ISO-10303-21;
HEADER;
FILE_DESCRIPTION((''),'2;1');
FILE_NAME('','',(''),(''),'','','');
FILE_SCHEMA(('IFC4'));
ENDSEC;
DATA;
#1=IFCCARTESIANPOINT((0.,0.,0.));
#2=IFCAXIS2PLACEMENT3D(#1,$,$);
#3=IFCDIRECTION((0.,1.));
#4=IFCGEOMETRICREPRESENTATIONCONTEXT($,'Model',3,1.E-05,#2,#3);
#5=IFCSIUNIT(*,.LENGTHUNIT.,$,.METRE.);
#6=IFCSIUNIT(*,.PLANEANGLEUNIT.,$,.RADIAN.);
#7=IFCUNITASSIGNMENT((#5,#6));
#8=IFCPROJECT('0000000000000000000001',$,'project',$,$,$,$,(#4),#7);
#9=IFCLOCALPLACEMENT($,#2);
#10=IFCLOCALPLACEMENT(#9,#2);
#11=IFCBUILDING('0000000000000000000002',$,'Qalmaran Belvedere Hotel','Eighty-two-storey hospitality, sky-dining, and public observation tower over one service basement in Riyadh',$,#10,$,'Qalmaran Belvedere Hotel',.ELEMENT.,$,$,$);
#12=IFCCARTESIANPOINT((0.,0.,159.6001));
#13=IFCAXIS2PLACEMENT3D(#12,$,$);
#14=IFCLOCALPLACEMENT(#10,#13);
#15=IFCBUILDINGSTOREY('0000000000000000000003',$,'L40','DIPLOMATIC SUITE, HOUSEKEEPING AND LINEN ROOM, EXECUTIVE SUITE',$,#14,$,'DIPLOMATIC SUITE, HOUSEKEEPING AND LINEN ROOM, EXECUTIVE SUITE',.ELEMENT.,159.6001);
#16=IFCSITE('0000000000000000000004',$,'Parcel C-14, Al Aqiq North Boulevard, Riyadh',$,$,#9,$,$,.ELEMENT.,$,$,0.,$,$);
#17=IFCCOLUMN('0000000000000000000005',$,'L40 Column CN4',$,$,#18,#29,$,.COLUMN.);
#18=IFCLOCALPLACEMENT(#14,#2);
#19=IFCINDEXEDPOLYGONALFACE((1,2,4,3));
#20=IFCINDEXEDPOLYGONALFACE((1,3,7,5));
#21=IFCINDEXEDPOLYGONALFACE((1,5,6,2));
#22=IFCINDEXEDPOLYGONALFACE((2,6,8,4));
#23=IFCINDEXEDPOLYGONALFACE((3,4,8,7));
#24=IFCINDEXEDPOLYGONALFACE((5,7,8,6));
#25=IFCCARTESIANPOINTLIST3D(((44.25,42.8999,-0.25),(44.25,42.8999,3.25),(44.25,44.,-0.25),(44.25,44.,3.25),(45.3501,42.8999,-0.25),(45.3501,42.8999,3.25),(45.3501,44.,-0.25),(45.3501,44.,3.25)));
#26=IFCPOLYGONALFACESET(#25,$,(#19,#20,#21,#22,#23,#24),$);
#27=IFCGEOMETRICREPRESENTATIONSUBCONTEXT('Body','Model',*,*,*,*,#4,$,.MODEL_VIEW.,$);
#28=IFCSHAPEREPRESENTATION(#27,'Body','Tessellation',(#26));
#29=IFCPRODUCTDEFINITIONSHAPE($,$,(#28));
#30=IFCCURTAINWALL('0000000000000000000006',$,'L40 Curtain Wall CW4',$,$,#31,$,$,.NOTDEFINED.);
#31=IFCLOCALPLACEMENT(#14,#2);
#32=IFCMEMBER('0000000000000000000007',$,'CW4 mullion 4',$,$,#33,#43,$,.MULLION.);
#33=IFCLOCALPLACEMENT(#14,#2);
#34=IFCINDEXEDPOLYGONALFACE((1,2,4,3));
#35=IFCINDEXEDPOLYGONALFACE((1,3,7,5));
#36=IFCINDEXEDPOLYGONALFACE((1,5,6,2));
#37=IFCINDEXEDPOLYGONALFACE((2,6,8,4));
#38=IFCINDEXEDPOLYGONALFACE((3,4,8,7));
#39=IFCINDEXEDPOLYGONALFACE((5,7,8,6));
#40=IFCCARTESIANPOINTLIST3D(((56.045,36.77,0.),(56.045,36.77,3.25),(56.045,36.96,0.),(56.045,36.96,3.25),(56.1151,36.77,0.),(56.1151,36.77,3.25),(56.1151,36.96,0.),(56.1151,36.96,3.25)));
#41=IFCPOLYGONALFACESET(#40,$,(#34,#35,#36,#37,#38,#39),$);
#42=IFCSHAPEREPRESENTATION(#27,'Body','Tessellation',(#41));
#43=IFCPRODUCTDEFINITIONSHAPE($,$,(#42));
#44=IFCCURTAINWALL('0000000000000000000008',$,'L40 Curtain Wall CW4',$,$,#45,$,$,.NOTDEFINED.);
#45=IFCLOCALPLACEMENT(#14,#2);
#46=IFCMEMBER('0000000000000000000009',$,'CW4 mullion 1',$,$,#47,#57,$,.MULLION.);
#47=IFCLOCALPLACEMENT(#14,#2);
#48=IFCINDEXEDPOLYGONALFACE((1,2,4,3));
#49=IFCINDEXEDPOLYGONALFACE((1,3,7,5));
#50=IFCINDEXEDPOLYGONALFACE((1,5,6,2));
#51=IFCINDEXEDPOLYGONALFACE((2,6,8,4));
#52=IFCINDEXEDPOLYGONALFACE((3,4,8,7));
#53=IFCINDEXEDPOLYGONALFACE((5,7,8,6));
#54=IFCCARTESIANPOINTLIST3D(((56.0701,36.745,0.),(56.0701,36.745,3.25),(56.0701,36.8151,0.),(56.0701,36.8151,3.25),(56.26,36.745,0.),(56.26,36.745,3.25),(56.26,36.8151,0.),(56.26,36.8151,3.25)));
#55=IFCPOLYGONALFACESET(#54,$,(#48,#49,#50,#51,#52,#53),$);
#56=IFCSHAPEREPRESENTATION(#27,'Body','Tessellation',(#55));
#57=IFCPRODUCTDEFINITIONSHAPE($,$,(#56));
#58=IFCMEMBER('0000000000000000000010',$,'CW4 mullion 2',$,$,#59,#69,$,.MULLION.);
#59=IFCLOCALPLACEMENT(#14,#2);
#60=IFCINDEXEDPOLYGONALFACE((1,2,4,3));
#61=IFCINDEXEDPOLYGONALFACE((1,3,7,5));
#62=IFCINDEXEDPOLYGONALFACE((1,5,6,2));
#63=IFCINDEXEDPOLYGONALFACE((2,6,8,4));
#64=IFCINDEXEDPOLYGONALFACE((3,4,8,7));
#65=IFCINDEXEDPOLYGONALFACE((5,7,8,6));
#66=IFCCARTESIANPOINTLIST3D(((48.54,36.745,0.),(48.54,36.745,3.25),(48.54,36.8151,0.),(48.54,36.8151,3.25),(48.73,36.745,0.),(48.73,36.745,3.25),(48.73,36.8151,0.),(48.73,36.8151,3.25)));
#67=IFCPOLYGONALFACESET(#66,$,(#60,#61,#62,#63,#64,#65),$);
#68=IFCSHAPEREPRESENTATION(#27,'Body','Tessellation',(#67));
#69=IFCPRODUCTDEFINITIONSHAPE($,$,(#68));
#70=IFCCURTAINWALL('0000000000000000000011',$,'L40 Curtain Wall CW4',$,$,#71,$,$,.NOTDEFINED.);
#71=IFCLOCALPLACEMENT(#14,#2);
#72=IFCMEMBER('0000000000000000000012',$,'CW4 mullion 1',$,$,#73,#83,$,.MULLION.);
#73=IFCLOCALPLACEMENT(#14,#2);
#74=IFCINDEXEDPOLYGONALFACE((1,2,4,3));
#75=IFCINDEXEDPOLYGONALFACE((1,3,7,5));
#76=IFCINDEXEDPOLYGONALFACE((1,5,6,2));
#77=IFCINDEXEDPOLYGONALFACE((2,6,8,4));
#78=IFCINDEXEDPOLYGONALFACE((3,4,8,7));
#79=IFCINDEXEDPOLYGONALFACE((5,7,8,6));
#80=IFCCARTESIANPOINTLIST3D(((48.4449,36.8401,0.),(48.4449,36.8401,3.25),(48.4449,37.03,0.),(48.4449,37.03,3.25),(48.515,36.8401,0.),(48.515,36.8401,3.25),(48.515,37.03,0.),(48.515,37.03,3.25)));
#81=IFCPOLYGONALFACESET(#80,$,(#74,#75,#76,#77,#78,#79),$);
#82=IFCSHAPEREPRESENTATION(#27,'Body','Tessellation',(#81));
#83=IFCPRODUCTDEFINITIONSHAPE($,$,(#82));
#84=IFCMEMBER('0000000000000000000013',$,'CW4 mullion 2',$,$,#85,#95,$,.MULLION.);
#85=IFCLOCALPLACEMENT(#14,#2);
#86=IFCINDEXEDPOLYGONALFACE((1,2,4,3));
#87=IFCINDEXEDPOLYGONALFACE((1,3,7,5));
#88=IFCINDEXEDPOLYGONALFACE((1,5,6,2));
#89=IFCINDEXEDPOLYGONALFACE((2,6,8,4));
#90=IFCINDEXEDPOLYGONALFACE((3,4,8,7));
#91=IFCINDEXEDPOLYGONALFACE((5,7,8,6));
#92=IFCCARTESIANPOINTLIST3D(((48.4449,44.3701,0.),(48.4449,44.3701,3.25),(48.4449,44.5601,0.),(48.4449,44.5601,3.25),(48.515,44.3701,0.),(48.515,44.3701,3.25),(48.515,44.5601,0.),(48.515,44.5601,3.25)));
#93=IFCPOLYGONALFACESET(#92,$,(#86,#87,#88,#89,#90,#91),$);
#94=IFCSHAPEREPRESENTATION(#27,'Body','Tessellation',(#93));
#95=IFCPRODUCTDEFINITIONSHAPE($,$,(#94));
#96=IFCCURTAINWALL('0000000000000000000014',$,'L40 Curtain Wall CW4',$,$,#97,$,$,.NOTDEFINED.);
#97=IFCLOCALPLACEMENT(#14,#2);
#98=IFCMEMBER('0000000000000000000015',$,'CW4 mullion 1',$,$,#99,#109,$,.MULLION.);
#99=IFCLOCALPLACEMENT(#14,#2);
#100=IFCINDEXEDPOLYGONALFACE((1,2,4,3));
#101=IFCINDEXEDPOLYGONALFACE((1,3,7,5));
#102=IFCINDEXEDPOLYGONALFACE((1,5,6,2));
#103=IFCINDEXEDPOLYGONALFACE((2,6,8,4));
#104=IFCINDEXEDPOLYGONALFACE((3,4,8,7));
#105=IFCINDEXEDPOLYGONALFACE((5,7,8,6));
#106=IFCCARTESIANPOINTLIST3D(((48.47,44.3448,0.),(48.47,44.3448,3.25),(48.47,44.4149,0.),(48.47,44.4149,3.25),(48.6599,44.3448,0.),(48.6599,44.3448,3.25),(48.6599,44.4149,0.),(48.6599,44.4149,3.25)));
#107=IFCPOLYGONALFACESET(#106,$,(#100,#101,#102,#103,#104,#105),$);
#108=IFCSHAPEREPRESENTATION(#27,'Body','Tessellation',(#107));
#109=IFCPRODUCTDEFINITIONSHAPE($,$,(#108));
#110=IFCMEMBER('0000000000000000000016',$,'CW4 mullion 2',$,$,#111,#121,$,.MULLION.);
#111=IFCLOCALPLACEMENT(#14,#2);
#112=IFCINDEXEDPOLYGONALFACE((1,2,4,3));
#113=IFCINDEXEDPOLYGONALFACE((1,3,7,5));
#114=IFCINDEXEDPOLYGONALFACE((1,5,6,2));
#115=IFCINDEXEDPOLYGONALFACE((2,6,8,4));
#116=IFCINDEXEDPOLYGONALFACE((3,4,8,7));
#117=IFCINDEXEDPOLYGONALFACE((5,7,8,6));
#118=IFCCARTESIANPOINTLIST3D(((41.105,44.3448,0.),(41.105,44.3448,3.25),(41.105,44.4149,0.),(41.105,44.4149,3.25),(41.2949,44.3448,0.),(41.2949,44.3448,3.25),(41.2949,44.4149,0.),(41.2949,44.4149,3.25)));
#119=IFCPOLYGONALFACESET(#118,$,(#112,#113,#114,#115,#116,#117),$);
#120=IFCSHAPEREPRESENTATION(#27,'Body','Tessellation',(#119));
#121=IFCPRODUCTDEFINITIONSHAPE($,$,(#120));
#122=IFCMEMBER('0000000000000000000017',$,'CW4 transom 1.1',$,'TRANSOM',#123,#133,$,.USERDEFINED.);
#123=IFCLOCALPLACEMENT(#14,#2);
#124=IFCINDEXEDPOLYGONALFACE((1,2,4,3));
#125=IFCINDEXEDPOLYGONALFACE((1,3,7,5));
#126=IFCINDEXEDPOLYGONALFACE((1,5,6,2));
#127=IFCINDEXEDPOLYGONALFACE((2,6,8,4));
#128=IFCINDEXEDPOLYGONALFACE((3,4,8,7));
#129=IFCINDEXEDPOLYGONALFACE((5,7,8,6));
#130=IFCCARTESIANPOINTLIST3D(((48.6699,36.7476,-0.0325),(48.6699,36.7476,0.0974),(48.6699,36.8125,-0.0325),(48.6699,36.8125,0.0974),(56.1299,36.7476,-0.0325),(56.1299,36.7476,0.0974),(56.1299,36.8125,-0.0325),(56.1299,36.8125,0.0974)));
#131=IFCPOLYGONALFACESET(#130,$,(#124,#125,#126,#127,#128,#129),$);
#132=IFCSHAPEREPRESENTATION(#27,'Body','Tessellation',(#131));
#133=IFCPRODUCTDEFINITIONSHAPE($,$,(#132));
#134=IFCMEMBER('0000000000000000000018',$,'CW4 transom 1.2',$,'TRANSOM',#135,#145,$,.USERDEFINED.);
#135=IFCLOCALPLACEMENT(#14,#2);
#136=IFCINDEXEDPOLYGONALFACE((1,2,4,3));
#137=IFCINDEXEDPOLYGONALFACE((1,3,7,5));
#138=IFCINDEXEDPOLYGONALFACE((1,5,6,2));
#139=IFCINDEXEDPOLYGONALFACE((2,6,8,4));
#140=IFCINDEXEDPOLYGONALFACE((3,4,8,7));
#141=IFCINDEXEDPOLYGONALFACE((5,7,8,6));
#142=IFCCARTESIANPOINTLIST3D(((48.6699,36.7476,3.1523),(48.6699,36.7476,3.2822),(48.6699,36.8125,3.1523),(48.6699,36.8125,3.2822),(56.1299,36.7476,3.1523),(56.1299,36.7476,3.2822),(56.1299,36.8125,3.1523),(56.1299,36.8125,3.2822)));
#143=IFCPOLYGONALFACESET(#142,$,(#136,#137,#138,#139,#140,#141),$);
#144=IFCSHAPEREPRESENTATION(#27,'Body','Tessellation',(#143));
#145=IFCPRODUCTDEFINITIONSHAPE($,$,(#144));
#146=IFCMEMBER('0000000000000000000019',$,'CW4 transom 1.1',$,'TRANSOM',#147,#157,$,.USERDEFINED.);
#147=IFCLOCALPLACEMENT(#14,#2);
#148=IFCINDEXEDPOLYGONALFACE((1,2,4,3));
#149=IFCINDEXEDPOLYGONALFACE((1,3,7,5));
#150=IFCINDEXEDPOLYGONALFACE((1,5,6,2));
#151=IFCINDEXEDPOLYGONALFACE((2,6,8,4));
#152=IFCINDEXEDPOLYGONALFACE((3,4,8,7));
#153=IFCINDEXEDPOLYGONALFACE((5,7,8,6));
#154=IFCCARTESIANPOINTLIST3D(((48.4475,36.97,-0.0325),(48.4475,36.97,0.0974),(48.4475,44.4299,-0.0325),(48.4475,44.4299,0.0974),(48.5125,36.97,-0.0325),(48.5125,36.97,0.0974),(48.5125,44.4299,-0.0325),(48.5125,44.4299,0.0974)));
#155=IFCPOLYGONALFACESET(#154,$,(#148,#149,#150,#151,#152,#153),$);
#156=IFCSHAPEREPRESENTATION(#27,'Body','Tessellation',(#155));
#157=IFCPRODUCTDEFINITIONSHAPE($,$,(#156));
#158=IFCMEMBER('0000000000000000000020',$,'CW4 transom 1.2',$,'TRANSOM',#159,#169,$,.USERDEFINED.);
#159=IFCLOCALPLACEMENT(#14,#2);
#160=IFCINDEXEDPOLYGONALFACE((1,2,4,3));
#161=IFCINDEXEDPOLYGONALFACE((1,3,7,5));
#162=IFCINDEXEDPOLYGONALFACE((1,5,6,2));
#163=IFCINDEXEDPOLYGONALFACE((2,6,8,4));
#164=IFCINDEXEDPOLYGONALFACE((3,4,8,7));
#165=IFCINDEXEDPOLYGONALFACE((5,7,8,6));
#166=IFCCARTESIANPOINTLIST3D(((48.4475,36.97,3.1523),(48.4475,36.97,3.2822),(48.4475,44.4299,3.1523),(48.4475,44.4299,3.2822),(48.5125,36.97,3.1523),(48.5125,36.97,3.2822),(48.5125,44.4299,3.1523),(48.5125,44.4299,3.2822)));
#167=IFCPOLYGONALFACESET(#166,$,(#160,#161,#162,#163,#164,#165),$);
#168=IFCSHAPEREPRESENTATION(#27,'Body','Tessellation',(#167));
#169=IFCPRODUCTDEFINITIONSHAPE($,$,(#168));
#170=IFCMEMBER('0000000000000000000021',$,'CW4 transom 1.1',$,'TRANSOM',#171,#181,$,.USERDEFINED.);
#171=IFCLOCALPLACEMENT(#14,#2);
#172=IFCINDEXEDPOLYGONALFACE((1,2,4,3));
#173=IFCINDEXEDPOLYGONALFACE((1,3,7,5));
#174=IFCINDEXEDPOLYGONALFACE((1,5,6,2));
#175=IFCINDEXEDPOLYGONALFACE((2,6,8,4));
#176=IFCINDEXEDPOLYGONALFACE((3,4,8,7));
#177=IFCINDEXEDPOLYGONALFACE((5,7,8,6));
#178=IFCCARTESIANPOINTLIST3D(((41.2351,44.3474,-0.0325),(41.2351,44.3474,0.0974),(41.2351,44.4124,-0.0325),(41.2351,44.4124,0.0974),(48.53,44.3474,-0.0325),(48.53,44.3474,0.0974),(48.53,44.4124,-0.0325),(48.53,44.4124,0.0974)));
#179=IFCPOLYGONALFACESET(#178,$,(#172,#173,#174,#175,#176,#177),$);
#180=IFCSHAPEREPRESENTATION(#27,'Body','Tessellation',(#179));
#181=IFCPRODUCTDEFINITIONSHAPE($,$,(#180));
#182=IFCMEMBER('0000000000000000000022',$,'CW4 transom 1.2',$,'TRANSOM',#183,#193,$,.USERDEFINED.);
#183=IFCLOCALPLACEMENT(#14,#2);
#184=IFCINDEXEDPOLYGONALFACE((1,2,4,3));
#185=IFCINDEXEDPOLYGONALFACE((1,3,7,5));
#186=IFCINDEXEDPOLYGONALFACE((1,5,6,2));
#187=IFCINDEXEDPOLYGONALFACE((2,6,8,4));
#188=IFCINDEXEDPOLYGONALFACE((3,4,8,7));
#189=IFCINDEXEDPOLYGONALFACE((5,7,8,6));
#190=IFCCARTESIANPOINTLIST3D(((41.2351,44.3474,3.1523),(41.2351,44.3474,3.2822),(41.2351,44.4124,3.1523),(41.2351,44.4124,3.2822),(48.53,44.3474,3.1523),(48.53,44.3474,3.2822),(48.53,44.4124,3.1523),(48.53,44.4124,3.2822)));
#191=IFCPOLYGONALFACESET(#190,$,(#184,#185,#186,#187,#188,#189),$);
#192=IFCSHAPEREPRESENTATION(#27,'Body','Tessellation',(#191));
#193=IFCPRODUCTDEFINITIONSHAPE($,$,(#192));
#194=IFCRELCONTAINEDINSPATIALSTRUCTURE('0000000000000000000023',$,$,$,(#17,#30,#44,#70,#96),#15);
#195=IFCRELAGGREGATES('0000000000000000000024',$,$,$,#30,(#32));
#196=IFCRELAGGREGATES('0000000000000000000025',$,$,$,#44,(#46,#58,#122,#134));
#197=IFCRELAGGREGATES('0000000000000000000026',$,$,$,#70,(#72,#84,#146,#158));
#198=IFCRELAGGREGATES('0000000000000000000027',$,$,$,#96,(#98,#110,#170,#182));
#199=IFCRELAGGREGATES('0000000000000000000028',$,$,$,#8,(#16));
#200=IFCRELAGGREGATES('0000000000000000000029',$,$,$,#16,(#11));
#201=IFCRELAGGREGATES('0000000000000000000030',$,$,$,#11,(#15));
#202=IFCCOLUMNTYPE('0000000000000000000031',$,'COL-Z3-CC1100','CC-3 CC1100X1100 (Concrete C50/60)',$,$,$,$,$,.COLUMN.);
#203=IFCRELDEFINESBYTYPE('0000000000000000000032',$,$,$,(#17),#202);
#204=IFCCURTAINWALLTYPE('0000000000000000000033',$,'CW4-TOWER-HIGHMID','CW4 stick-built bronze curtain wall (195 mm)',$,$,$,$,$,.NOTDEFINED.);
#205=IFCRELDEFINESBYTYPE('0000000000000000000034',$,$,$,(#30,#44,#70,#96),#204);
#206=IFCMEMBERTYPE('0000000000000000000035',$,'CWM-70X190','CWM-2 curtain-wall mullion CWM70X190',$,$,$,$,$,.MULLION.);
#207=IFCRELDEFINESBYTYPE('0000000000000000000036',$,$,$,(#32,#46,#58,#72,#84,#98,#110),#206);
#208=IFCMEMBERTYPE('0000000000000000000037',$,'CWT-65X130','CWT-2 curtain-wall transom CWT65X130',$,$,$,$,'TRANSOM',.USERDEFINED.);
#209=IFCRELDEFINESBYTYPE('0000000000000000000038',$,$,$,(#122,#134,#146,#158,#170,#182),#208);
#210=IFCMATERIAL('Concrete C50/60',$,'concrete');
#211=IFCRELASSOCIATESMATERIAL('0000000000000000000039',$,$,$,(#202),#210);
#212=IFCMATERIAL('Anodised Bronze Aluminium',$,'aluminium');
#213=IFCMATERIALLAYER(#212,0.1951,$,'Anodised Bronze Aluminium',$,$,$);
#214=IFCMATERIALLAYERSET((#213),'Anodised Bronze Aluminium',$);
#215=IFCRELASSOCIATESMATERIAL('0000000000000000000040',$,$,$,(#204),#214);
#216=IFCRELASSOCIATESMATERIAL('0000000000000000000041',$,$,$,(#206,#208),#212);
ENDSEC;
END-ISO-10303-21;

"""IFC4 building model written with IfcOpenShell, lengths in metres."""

from ifc_helpers import new_model, si_unit, direction, frame, origin, origin_2d, place, context, subcontext, project, spatial, rectangle, extrude, material, layer, layer_set, material_profile, profile_set, type_object, element, aggregate, save


model = new_model("IFC4")

# Units and contexts
model_context = context("Model", 3, precision=1e-05, world=origin(), true_north=direction((0.0, 1.0)))
body_context = subcontext(model_context, "Body", "Model", "MODEL_VIEW")
ifc_project = project(units=[si_unit("LENGTHUNIT", "METRE"), si_unit("PLANEANGLEUNIT", "RADIAN")], contexts=[model_context])

# Site, building, storey
site_placement = place(None, origin())
site = spatial("IfcSite", under=ifc_project, at=site_placement, Name="Parcel C-14, Al Aqiq North Boulevard, Riyadh", CompositionType="ELEMENT", RefElevation=0.0)
building_placement = place(site_placement, origin())
building = spatial("IfcBuilding", under=site, at=building_placement, Name="Qalmaran Belvedere Hotel", Description="Eighty-two-storey hospitality, sky-dining, and public observation tower over one service basement in Riyadh", LongName="Qalmaran Belvedere Hotel", CompositionType="ELEMENT")
storey_placement = place(building_placement, frame((0.0, 0.0, 159.6001)))
storey = spatial("IfcBuildingStorey", under=building, at=storey_placement, Name="L40", Description="DIPLOMATIC SUITE, HOUSEKEEPING AND LINEN ROOM, EXECUTIVE SUITE", LongName="DIPLOMATIC SUITE, HOUSEKEEPING AND LINEN ROOM, EXECUTIVE SUITE", CompositionType="ELEMENT", Elevation=159.6001)

# Column
ifc_material_1 = material(Name="Concrete C50/60", Category="concrete")
ifc_material_profile_1 = material_profile(ifc_material_1, rectangle(XDim=1.1001, YDim=1.1001, at=origin_2d()), Name="CC1100X1100")
ifc_profile_set_1 = profile_set([ifc_material_profile_1], Name="Concrete C50/60")
column_type = type_object("IfcColumnType", Name="COL-Z3-CC1100", Description="CC-3 CC1100X1100 (Concrete C50/60)", PredefinedType="COLUMN", material=ifc_profile_set_1)
column_placement = place(storey_placement, frame((44.8, 43.45, -0.25), z_axis=(0.0, 0.0, 1.0), x_axis=(1.0, 0.0, 0.0)))
element("IfcColumn", 1, at=column_placement, inside=storey, type_object=column_type, Name="L40 Column CN4", PredefinedType="COLUMN", context=body_context, shape_type="SweptSolid", body=[
    extrude(rectangle(XDim=1.1001, YDim=1.1001, at=origin_2d()), origin(), (0.0, 0.0, 1.0), 3.5),
])

# Curtain wall, member
ifc_material_2 = material(Name="Anodised Bronze Aluminium", Category="aluminium")
ifc_layer_1 = layer(ifc_material_2, 0.1951, Name="Anodised Bronze Aluminium")
ifc_layer_set_1 = layer_set([ifc_layer_1], Name="Anodised Bronze Aluminium")
curtain_wall_type = type_object("IfcCurtainWallType", Name="CW4-TOWER-HIGHMID", Description="CW4 stick-built bronze curtain wall (195 mm)", PredefinedType="NOTDEFINED", material=ifc_layer_set_1)
curtain_wall_1_placement = place(storey_placement, origin())
curtain_wall_1 = element("IfcCurtainWall", 2, at=curtain_wall_1_placement, inside=storey, type_object=curtain_wall_type, Name="L40 Curtain Wall CW4", PredefinedType="NOTDEFINED")
ifc_material_profile_2 = material_profile(ifc_material_2, rectangle(XDim=0.0701, YDim=0.1899, at=origin_2d()), Name="CWM70X190")
ifc_profile_set_2 = profile_set([ifc_material_profile_2], Name="Anodised Bronze Aluminium")
member_type_1 = type_object("IfcMemberType", Name="CWM-70X190", Description="CWM-2 curtain-wall mullion CWM70X190", PredefinedType="MULLION", material=ifc_profile_set_2)
member_1_placement = place(storey_placement, frame((56.0801, 36.865, 0.0), z_axis=(0.0, 0.0, 1.0), x_axis=(-1.0, 0.0, 0.0)))
member_1 = element("IfcMember", 3, at=member_1_placement, type_object=member_type_1, Name="CW4 mullion 4", PredefinedType="MULLION", context=body_context, shape_type="SweptSolid", body=[
    extrude(rectangle(XDim=0.0701, YDim=0.1899, at=origin_2d()), origin(), (0.0, 0.0, 1.0), 3.25),
])
aggregate(curtain_wall_1, [member_1])

# Curtain walls, members
curtain_wall_2_placement = place(storey_placement, origin())
curtain_wall_2 = element("IfcCurtainWall", 4, at=curtain_wall_2_placement, inside=storey, type_object=curtain_wall_type, Name="L40 Curtain Wall CW4", PredefinedType="NOTDEFINED")
member_2_placement = place(storey_placement, frame((56.165, 36.78, 0.0), z_axis=(0.0, 0.0, 1.0), x_axis=(0.0, -1.0, 0.0)))
member_2 = element("IfcMember", 5, at=member_2_placement, type_object=member_type_1, Name="CW4 mullion 1", PredefinedType="MULLION", context=body_context, shape_type="SweptSolid", body=[
    extrude(rectangle(XDim=0.0701, YDim=0.1899, at=origin_2d()), origin(), (0.0, 0.0, 1.0), 3.25),
])
member_3_placement = place(storey_placement, frame((48.635, 36.78, 0.0), z_axis=(0.0, 0.0, 1.0), x_axis=(0.0, -1.0, 0.0)))
member_3 = element("IfcMember", 6, at=member_3_placement, type_object=member_type_1, Name="CW4 mullion 2", PredefinedType="MULLION", context=body_context, shape_type="SweptSolid", body=[
    extrude(rectangle(XDim=0.0701, YDim=0.1899, at=origin_2d()), origin(), (0.0, 0.0, 1.0), 3.25),
])
curtain_wall_3_placement = place(storey_placement, origin())
curtain_wall_3 = element("IfcCurtainWall", 7, at=curtain_wall_3_placement, inside=storey, type_object=curtain_wall_type, Name="L40 Curtain Wall CW4", PredefinedType="NOTDEFINED")
member_4_placement = place(storey_placement, frame((48.48, 36.9351, 0.0), z_axis=(0.0, 0.0, 1.0), x_axis=(-1.0, 0.0, 0.0)))
member_4 = element("IfcMember", 8, at=member_4_placement, type_object=member_type_1, Name="CW4 mullion 1", PredefinedType="MULLION", context=body_context, shape_type="SweptSolid", body=[
    extrude(rectangle(XDim=0.0701, YDim=0.1899, at=origin_2d()), origin(), (0.0, 0.0, 1.0), 3.25),
])
member_5_placement = place(storey_placement, frame((48.48, 44.4651, 0.0), z_axis=(0.0, 0.0, 1.0), x_axis=(-1.0, 0.0, 0.0)))
member_5 = element("IfcMember", 9, at=member_5_placement, type_object=member_type_1, Name="CW4 mullion 2", PredefinedType="MULLION", context=body_context, shape_type="SweptSolid", body=[
    extrude(rectangle(XDim=0.0701, YDim=0.1899, at=origin_2d()), origin(), (0.0, 0.0, 1.0), 3.25),
])
curtain_wall_4_placement = place(storey_placement, origin())
curtain_wall_4 = element("IfcCurtainWall", 10, at=curtain_wall_4_placement, inside=storey, type_object=curtain_wall_type, Name="L40 Curtain Wall CW4", PredefinedType="NOTDEFINED")
member_6_placement = place(storey_placement, frame((48.5649, 44.3799, 0.0), z_axis=(0.0, 0.0, 1.0), x_axis=(0.0, -1.0, 0.0)))
member_6 = element("IfcMember", 11, at=member_6_placement, type_object=member_type_1, Name="CW4 mullion 1", PredefinedType="MULLION", context=body_context, shape_type="SweptSolid", body=[
    extrude(rectangle(XDim=0.0701, YDim=0.1899, at=origin_2d()), origin(), (0.0, 0.0, 1.0), 3.25),
])
member_7_placement = place(storey_placement, frame((41.2, 44.3799, 0.0), z_axis=(0.0, 0.0, 1.0), x_axis=(0.0, -1.0, 0.0)))
member_7 = element("IfcMember", 12, at=member_7_placement, type_object=member_type_1, Name="CW4 mullion 2", PredefinedType="MULLION", context=body_context, shape_type="SweptSolid", body=[
    extrude(rectangle(XDim=0.0701, YDim=0.1899, at=origin_2d()), origin(), (0.0, 0.0, 1.0), 3.25),
])

# Members
ifc_material_profile_3 = material_profile(ifc_material_2, rectangle(XDim=0.0649, YDim=0.1299, at=origin_2d()), Name="CWT65X130")
ifc_profile_set_3 = profile_set([ifc_material_profile_3], Name="Anodised Bronze Aluminium")
member_type_2 = type_object("IfcMemberType", Name="CWT-65X130", Description="CWT-2 curtain-wall transom CWT65X130", ElementType="TRANSOM", PredefinedType="USERDEFINED", material=ifc_profile_set_3)
member_8_placement = place(storey_placement, frame((56.1299, 36.78, 0.0325), z_axis=(-1.0, 0.0, 0.0), x_axis=(0.0, -1.0, 0.0)))
member_8 = element("IfcMember", 13, at=member_8_placement, type_object=member_type_2, Name="CW4 transom 1.1", ObjectType="TRANSOM", PredefinedType="USERDEFINED", context=body_context, shape_type="SweptSolid", body=[
    extrude(rectangle(XDim=0.0649, YDim=0.1299, at=origin_2d()), origin(), (0.0, 0.0, 1.0), 7.46),
])
member_9_placement = place(storey_placement, frame((56.1299, 36.78, 3.2173), z_axis=(-1.0, 0.0, 0.0), x_axis=(0.0, -1.0, 0.0)))
member_9 = element("IfcMember", 14, at=member_9_placement, type_object=member_type_2, Name="CW4 transom 1.2", ObjectType="TRANSOM", PredefinedType="USERDEFINED", context=body_context, shape_type="SweptSolid", body=[
    extrude(rectangle(XDim=0.0649, YDim=0.1299, at=origin_2d()), origin(), (0.0, 0.0, 1.0), 7.46),
])
member_10_placement = place(storey_placement, frame((48.48, 36.97, 0.0325), z_axis=(0.0, 1.0, 0.0), x_axis=(-1.0, 0.0, 0.0)))
member_10 = element("IfcMember", 15, at=member_10_placement, type_object=member_type_2, Name="CW4 transom 1.1", ObjectType="TRANSOM", PredefinedType="USERDEFINED", context=body_context, shape_type="SweptSolid", body=[
    extrude(rectangle(XDim=0.0649, YDim=0.1299, at=origin_2d()), origin(), (0.0, 0.0, 1.0), 7.46),
])
member_11_placement = place(storey_placement, frame((48.48, 36.97, 3.2173), z_axis=(0.0, 1.0, 0.0), x_axis=(-1.0, 0.0, 0.0)))
member_11 = element("IfcMember", 16, at=member_11_placement, type_object=member_type_2, Name="CW4 transom 1.2", ObjectType="TRANSOM", PredefinedType="USERDEFINED", context=body_context, shape_type="SweptSolid", body=[
    extrude(rectangle(XDim=0.0649, YDim=0.1299, at=origin_2d()), origin(), (0.0, 0.0, 1.0), 7.46),
])
member_12_placement = place(storey_placement, frame((48.53, 44.3799, 0.0325), z_axis=(-1.0, 0.0, 0.0), x_axis=(0.0, -1.0, 0.0)))
member_12 = element("IfcMember", 17, at=member_12_placement, type_object=member_type_2, Name="CW4 transom 1.1", ObjectType="TRANSOM", PredefinedType="USERDEFINED", context=body_context, shape_type="SweptSolid", body=[
    extrude(rectangle(XDim=0.0649, YDim=0.1299, at=origin_2d()), origin(), (0.0, 0.0, 1.0), 7.2949),
])
member_13_placement = place(storey_placement, frame((48.53, 44.3799, 3.2173), z_axis=(-1.0, 0.0, 0.0), x_axis=(0.0, -1.0, 0.0)))
member_13 = element("IfcMember", 18, at=member_13_placement, type_object=member_type_2, Name="CW4 transom 1.2", ObjectType="TRANSOM", PredefinedType="USERDEFINED", context=body_context, shape_type="SweptSolid", body=[
    extrude(rectangle(XDim=0.0649, YDim=0.1299, at=origin_2d()), origin(), (0.0, 0.0, 1.0), 7.2949),
])

aggregate(curtain_wall_2, [member_2, member_3, member_8, member_9])
aggregate(curtain_wall_3, [member_4, member_5, member_10, member_11])
aggregate(curtain_wall_4, [member_6, member_7, member_12, member_13])

save(model, "model.ifc")
